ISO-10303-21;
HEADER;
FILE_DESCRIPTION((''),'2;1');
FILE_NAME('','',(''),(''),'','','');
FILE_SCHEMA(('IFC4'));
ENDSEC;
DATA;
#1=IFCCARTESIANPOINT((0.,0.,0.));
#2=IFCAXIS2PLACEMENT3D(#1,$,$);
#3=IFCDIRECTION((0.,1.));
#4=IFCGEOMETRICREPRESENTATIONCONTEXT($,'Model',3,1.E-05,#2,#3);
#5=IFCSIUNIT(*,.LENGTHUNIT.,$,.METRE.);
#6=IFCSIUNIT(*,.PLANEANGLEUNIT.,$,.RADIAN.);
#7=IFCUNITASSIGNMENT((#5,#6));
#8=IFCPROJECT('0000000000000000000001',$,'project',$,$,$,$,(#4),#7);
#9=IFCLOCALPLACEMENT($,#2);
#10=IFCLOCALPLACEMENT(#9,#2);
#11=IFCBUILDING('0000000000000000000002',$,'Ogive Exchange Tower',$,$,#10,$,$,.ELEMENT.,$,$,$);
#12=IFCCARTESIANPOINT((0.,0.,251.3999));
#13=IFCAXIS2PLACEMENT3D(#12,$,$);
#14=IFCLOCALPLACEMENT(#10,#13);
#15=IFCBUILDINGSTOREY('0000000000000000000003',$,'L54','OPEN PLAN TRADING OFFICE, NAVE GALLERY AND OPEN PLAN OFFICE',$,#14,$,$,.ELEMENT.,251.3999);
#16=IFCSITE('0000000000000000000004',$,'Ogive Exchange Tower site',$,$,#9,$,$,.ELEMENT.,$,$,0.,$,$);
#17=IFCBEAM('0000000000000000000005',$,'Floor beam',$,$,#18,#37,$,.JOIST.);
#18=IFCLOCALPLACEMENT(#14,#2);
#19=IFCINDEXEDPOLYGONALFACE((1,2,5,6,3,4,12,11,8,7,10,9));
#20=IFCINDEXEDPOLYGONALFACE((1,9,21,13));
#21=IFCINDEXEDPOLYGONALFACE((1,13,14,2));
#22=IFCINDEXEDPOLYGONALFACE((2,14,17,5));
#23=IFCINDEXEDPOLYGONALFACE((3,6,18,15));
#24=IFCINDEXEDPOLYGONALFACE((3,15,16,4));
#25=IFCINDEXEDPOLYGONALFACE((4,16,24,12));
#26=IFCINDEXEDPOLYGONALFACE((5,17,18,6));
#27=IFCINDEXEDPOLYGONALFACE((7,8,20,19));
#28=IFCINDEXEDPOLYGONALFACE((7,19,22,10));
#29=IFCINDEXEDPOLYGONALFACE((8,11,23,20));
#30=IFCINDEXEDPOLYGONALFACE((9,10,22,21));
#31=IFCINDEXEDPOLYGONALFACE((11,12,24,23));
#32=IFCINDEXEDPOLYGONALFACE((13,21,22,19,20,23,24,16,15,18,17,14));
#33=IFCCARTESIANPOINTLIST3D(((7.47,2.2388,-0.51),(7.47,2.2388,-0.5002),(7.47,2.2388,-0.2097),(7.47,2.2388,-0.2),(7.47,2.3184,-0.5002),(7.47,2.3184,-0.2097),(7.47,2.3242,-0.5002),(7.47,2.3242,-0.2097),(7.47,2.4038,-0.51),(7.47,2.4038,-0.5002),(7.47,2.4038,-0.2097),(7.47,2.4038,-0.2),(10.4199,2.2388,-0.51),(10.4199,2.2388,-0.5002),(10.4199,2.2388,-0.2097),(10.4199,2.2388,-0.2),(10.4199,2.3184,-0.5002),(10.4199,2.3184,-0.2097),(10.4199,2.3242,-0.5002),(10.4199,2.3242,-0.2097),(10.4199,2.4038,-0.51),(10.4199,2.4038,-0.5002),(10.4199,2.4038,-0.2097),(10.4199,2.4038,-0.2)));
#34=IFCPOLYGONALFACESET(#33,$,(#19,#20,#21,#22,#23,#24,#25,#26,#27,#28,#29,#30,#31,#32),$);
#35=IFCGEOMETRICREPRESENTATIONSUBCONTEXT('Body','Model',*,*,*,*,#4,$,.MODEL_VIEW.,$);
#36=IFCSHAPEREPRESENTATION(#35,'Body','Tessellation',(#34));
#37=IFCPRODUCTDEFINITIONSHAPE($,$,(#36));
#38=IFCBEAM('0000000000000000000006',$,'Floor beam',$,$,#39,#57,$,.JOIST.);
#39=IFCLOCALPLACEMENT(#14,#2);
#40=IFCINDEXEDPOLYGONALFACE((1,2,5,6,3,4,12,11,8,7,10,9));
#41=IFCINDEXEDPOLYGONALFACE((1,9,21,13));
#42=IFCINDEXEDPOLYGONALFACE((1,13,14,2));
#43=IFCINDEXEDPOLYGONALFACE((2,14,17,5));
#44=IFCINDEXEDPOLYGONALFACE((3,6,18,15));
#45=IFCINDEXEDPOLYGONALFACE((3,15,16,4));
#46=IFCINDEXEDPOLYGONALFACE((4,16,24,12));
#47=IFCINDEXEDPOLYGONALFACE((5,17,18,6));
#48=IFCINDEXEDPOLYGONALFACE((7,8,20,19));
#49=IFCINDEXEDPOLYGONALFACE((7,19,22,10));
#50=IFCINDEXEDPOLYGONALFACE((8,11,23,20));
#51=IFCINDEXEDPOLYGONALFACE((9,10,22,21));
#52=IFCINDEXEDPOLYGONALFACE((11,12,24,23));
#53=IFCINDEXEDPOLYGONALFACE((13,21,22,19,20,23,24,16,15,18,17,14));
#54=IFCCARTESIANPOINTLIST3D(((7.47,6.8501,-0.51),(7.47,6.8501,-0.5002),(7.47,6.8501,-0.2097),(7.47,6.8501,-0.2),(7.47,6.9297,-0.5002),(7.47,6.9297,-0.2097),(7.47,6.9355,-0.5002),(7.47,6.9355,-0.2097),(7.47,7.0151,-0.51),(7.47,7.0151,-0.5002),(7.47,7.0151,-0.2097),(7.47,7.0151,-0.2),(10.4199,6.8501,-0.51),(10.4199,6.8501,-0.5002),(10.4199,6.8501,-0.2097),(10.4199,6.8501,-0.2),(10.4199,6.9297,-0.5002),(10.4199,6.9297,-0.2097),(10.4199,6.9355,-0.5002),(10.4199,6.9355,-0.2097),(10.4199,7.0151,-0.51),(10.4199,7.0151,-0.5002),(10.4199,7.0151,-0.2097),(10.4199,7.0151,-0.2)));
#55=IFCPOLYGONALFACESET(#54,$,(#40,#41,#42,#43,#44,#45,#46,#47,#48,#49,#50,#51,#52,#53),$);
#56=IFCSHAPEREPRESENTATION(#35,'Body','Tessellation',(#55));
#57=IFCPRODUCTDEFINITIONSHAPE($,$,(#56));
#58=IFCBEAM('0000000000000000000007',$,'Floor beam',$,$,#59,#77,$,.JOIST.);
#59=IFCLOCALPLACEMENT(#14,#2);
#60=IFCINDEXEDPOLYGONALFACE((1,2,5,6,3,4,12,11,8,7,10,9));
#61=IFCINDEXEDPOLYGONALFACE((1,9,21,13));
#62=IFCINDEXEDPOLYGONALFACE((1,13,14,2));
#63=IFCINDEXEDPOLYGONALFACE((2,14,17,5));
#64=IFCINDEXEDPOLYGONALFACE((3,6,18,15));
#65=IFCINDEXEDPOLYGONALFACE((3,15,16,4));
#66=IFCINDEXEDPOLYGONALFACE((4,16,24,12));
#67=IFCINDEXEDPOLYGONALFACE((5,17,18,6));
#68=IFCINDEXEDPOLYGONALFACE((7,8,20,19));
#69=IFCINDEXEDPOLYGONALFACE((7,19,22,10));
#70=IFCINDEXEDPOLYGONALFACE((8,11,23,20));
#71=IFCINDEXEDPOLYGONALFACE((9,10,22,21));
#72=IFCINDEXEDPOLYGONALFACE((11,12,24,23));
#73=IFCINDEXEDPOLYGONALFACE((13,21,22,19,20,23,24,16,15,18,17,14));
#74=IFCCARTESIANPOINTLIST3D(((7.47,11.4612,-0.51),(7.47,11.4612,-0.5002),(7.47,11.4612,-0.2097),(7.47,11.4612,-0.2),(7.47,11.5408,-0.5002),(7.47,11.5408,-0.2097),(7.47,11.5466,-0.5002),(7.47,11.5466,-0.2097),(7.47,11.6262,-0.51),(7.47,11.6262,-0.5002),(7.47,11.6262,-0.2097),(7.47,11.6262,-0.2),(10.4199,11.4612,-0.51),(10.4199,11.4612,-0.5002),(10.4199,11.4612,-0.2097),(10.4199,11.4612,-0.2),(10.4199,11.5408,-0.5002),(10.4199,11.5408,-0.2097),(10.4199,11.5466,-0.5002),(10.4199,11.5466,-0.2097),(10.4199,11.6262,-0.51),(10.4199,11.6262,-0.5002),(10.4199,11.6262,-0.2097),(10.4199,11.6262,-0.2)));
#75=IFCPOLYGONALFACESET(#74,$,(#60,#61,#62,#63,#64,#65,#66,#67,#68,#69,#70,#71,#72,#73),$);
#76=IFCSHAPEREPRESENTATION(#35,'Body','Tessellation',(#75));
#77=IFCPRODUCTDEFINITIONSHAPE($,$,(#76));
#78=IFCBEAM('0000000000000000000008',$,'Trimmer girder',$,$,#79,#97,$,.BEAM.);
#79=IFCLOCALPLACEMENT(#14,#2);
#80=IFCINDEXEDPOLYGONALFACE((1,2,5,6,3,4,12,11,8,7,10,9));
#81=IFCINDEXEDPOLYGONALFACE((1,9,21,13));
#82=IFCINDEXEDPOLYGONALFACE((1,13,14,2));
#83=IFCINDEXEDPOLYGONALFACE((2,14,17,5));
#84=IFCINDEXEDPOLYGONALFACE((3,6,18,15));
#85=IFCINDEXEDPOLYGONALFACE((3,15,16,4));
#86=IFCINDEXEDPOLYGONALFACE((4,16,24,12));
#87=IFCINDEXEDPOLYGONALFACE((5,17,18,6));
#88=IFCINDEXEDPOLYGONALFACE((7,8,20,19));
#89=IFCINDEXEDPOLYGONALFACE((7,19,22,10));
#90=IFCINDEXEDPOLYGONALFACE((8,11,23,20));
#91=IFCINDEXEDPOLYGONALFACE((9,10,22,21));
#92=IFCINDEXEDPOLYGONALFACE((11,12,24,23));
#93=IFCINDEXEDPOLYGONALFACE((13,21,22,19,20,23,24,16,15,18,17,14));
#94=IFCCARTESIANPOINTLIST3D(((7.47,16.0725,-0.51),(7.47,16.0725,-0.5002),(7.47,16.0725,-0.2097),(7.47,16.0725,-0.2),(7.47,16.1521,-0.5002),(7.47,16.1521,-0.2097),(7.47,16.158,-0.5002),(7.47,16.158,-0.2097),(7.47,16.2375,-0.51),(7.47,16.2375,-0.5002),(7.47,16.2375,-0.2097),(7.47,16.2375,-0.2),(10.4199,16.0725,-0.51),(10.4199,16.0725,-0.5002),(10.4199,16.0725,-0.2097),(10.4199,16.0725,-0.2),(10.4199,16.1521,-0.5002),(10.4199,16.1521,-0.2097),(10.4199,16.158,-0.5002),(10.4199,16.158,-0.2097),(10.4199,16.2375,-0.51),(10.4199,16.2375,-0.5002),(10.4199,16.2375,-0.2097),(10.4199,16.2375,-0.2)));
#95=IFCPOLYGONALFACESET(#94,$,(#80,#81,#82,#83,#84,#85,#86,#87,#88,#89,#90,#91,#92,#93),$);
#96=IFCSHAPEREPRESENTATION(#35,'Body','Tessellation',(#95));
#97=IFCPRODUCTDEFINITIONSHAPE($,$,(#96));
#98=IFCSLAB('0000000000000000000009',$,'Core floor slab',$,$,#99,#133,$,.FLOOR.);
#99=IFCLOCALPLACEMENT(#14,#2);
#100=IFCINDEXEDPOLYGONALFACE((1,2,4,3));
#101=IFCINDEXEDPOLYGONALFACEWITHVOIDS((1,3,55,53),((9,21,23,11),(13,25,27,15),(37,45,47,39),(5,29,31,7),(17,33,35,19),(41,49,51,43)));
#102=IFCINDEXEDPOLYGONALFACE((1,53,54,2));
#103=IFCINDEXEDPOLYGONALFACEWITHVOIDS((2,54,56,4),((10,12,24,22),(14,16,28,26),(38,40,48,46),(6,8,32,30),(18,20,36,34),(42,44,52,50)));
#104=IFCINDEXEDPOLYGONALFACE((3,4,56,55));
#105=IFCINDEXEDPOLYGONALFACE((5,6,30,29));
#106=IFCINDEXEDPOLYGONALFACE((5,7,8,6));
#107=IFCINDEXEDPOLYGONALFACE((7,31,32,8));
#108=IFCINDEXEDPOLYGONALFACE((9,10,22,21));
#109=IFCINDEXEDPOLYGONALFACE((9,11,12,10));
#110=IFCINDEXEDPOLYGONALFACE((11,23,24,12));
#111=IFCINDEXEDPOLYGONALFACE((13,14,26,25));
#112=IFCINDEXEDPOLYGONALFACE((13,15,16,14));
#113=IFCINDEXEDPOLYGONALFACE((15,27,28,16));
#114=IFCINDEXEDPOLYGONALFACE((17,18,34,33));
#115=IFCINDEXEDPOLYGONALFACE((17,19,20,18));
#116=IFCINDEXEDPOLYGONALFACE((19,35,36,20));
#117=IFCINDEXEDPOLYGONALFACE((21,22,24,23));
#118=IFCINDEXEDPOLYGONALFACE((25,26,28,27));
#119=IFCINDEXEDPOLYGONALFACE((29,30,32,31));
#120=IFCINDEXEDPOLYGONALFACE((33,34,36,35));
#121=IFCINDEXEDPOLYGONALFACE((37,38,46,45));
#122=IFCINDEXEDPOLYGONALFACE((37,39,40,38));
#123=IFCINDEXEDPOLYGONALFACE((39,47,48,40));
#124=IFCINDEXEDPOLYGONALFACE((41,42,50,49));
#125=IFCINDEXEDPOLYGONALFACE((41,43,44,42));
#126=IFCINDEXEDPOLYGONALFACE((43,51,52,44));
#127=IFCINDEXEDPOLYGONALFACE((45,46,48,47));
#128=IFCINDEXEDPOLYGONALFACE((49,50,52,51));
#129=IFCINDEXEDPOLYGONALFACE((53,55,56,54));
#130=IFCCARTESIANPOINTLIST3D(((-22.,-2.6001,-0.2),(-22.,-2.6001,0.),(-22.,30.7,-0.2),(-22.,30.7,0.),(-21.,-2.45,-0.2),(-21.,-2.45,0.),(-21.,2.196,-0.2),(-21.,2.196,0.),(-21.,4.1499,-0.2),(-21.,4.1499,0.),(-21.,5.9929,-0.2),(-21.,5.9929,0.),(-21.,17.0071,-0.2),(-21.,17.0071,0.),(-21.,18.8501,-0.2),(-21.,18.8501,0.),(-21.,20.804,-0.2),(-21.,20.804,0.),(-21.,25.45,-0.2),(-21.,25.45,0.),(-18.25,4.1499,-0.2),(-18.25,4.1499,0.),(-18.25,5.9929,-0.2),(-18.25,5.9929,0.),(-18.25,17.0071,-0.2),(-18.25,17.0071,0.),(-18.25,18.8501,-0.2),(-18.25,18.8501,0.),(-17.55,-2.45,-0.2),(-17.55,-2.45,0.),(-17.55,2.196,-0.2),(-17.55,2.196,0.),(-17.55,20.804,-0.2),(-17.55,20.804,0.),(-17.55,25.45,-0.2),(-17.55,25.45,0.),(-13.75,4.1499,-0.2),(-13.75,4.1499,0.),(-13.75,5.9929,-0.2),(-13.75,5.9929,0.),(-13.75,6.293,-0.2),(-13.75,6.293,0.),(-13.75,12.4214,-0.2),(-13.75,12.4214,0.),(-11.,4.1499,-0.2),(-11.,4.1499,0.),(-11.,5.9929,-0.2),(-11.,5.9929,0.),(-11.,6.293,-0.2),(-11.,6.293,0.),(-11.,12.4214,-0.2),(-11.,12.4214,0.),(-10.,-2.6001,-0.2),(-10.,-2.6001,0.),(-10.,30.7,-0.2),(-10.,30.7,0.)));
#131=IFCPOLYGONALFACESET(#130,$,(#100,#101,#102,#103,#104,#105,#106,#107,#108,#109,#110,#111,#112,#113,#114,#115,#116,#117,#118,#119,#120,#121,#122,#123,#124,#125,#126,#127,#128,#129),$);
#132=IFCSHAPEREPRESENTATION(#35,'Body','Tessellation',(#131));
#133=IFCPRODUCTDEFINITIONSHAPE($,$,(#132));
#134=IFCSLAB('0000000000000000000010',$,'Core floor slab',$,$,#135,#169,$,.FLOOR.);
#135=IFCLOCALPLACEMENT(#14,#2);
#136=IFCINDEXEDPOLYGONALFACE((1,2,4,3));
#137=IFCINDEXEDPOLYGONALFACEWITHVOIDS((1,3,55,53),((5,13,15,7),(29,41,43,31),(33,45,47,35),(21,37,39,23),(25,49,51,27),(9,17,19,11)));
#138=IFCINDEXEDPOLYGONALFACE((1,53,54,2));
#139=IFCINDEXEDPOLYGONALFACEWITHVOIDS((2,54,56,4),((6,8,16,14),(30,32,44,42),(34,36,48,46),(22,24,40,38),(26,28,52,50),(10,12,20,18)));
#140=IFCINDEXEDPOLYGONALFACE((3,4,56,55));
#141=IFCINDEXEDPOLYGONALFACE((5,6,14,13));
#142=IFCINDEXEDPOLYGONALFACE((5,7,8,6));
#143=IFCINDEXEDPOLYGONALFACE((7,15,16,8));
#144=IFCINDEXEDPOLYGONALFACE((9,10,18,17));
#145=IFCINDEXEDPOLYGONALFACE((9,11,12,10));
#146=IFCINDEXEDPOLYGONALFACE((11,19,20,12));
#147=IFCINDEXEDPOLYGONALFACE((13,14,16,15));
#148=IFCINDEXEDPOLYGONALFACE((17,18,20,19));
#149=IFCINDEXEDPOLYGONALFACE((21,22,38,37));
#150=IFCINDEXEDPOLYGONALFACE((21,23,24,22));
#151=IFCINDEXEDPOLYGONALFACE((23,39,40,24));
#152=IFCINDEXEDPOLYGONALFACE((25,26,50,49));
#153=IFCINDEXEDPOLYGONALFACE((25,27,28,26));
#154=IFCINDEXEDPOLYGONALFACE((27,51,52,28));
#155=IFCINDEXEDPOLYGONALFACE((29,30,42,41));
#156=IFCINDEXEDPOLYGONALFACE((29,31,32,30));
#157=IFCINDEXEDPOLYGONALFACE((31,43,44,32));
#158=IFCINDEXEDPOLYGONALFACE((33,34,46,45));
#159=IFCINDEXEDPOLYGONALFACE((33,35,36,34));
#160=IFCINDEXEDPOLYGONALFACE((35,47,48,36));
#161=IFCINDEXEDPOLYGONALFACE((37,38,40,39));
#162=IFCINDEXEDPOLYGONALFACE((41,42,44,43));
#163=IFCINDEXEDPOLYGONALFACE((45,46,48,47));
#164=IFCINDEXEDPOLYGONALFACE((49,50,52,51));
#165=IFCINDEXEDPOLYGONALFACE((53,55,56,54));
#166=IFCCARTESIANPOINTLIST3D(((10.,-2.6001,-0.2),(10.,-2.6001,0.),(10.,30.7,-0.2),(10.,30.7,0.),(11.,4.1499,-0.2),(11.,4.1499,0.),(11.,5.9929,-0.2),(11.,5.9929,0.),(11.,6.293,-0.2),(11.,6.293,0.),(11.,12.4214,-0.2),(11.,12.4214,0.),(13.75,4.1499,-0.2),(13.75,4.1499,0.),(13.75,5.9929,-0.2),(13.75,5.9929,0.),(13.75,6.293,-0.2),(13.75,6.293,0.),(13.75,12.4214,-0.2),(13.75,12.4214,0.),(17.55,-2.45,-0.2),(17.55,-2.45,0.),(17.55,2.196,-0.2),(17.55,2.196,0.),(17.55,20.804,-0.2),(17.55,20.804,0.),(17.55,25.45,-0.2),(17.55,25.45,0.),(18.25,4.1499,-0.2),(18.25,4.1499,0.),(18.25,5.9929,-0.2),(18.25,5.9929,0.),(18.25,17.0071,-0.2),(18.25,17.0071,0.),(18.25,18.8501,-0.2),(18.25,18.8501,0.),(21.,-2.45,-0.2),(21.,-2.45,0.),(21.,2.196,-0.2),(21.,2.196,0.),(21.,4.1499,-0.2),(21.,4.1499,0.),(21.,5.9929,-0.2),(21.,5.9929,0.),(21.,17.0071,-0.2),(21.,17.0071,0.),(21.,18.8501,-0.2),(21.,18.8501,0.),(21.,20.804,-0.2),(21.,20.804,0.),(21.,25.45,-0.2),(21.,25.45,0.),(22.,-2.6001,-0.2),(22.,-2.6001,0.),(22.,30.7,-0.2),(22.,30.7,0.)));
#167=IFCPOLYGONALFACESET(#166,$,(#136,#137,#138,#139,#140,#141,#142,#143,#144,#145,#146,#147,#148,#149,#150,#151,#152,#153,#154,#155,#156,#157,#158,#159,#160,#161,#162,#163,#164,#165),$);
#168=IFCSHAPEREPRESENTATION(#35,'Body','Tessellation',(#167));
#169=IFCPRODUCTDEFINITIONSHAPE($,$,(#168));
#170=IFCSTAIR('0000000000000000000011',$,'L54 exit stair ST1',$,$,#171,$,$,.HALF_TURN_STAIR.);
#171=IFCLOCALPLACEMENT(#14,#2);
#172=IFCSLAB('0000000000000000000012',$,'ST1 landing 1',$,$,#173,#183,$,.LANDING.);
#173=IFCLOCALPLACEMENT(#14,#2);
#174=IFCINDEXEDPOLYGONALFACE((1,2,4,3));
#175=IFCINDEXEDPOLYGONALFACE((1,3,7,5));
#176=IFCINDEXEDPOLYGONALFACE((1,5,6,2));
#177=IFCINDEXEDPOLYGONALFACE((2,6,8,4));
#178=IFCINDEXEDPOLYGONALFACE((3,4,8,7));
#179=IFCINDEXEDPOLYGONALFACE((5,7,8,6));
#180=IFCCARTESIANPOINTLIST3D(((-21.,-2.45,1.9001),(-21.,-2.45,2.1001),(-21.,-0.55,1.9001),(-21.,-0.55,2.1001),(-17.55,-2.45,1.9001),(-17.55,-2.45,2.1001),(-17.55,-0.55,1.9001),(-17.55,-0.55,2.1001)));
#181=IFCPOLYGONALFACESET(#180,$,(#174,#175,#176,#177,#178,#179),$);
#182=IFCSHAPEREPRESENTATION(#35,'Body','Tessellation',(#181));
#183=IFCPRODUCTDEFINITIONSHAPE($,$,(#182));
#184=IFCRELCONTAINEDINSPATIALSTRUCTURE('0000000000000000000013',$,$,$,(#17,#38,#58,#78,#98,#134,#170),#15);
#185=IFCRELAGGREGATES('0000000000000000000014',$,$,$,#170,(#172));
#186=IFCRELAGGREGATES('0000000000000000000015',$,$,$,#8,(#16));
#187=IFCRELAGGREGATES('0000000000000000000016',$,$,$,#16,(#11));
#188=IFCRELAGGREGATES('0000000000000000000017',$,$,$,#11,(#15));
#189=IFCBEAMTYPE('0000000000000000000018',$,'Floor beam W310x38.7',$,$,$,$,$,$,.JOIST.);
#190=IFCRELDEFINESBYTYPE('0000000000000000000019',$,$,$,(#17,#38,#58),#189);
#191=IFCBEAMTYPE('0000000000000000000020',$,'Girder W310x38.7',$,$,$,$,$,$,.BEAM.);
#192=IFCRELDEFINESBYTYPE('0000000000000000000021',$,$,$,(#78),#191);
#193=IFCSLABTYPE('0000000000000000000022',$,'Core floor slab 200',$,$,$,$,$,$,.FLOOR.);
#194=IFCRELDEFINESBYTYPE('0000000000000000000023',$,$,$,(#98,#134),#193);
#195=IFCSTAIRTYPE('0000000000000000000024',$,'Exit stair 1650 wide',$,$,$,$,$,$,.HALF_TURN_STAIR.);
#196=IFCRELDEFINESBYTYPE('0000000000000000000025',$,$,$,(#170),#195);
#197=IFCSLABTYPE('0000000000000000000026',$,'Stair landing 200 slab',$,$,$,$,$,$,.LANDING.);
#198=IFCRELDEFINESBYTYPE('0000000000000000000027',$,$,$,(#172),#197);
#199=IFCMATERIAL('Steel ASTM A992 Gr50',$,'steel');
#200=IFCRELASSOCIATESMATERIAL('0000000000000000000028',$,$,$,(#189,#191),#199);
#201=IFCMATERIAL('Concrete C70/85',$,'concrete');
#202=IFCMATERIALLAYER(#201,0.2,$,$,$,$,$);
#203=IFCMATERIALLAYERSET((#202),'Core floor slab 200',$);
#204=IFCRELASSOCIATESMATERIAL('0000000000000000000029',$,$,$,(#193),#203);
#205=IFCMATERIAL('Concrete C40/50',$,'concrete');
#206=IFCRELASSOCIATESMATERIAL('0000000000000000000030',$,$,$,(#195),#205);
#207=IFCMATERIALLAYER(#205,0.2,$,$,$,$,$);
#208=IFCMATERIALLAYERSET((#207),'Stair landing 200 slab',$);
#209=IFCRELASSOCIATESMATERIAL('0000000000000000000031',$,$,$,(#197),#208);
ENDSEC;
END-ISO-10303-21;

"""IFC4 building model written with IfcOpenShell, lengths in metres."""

from ifc_helpers import new_model, si_unit, direction, frame, origin, origin_2d, place, context, subcontext, project, spatial, polyline, i_section, outline, extrude, material, layer, layer_set, material_profile, profile_set, type_object, element, aggregate, save


model = new_model("IFC4")

# Units and contexts
model_context = context("Model", 3, precision=1e-05, world=origin(), true_north=direction((0.0, 1.0)))
body_context = subcontext(model_context, "Body", "Model", "MODEL_VIEW")
ifc_project = project(units=[si_unit("LENGTHUNIT", "METRE"), si_unit("PLANEANGLEUNIT", "RADIAN")], contexts=[model_context])

# Site, building, storey
site_placement = place(None, origin())
site = spatial("IfcSite", under=ifc_project, at=site_placement, Name="Ogive Exchange Tower site", CompositionType="ELEMENT", RefElevation=0.0)
building_placement = place(site_placement, origin())
building = spatial("IfcBuilding", under=site, at=building_placement, Name="Ogive Exchange Tower", CompositionType="ELEMENT")
storey_placement = place(building_placement, frame((0.0, 0.0, 251.3999)))
storey = spatial("IfcBuildingStorey", under=building, at=storey_placement, Name="L54", Description="OPEN PLAN TRADING OFFICE, NAVE GALLERY AND OPEN PLAN OFFICE", CompositionType="ELEMENT", Elevation=251.3999)

# Beams
ifc_material_1 = material(Name="Steel ASTM A992 Gr50", Category="steel")
ifc_material_profile_1 = material_profile(ifc_material_1, i_section(OverallWidth=0.165, OverallDepth=0.3101, WebThickness=0.0059, FlangeThickness=0.0098, at=origin_2d()), Name="W310x38.7")
ifc_profile_set_1 = profile_set([ifc_material_profile_1], Name="Steel ASTM A992 Gr50")
beam_type_1 = type_object("IfcBeamType", Name="Floor beam W310x38.7", PredefinedType="JOIST", material=ifc_profile_set_1)
for number, where, z_axis, x_axis, name in (
    (1, (7.47, 2.3213, -0.355), (1.0, 0.0, 0.0), (0.0, 1.0, 0.0), "Floor beam"),
    (2, (7.47, 6.9326, -0.355), (1.0, 0.0, 0.0), (0.0, 1.0, 0.0), "Floor beam"),
    (3, (7.47, 11.5437, -0.355), (1.0, 0.0, 0.0), (0.0, 1.0, 0.0), "Floor beam"),
):
    element("IfcBeam", number, at=place(storey_placement, frame(where, z_axis=z_axis, x_axis=x_axis)), inside=storey, type_object=beam_type_1, Name=name, PredefinedType="JOIST", context=body_context, shape_type="SweptSolid", body=[
        extrude(i_section(OverallWidth=0.165, OverallDepth=0.3101, WebThickness=0.0059, FlangeThickness=0.0098, at=origin_2d()), origin(), (0.0, 0.0, 1.0), 2.95),
    ])
ifc_material_profile_2 = material_profile(ifc_material_1, i_section(OverallWidth=0.165, OverallDepth=0.3101, WebThickness=0.0059, FlangeThickness=0.0098, at=origin_2d()), Name="W310x38.7")
ifc_profile_set_2 = profile_set([ifc_material_profile_2], Name="Steel ASTM A992 Gr50")
beam_type_2 = type_object("IfcBeamType", Name="Girder W310x38.7", PredefinedType="BEAM", material=ifc_profile_set_2)
beam_placement = place(storey_placement, frame((7.47, 16.155, -0.355), z_axis=(1.0, 0.0, 0.0), x_axis=(0.0, 1.0, 0.0)))
element("IfcBeam", 4, at=beam_placement, inside=storey, type_object=beam_type_2, Name="Trimmer girder", PredefinedType="BEAM", context=body_context, shape_type="SweptSolid", body=[
    extrude(i_section(OverallWidth=0.165, OverallDepth=0.3101, WebThickness=0.0059, FlangeThickness=0.0098, at=origin_2d()), origin(), (0.0, 0.0, 1.0), 2.95),
])

# Slabs
ifc_material_2 = material(Name="Concrete C70/85", Category="concrete")
ifc_layer_1 = layer(ifc_material_2, 0.2)
ifc_layer_set_1 = layer_set([ifc_layer_1], Name="Core floor slab 200")
slab_type_1 = type_object("IfcSlabType", Name="Core floor slab 200", PredefinedType="FLOOR", material=ifc_layer_set_1)
slab_1_placement = place(storey_placement, frame((0.0, 0.0, -0.2)))
element("IfcSlab", 5, at=slab_1_placement, inside=storey, type_object=slab_type_1, Name="Core floor slab", PredefinedType="FLOOR", context=body_context, shape_type="SweptSolid", body=[
    extrude(outline(polyline([(-22.0, -2.6001), (-22.0, 30.7), (-10.0, 30.7), (-10.0, -2.6001), (-22.0, -2.6001)]), holes=[polyline([(-17.55, 2.196), (-21.0, 2.196), (-21.0, -2.45), (-17.55, -2.45), (-17.55, 2.196)]), polyline([(-18.25, 5.9929), (-21.0, 5.9929), (-21.0, 4.1499), (-18.25, 4.1499), (-18.25, 5.9929)]), polyline([(-11.0, 5.9929), (-13.75, 5.9929), (-13.75, 4.1499), (-11.0, 4.1499), (-11.0, 5.9929)]), polyline([(-13.75, 12.4214), (-13.75, 6.293), (-11.0, 6.293), (-11.0, 12.4214), (-13.75, 12.4214)]), polyline([(-18.25, 18.8501), (-21.0, 18.8501), (-21.0, 17.0071), (-18.25, 17.0071), (-18.25, 18.8501)]), polyline([(-21.0, 25.45), (-21.0, 20.804), (-17.55, 20.804), (-17.55, 25.45), (-21.0, 25.45)])]), origin(), (0.0, 0.0, 1.0), 0.2),
])
slab_2_placement = place(storey_placement, frame((0.0, 0.0, -0.2)))
element("IfcSlab", 6, at=slab_2_placement, inside=storey, type_object=slab_type_1, Name="Core floor slab", PredefinedType="FLOOR", context=body_context, shape_type="SweptSolid", body=[
    extrude(outline(polyline([(10.0, -2.6001), (10.0, 30.7), (22.0, 30.7), (22.0, -2.6001), (10.0, -2.6001)]), holes=[polyline([(21.0, 2.196), (17.55, 2.196), (17.55, -2.45), (21.0, -2.45), (21.0, 2.196)]), polyline([(13.75, 5.9929), (11.0, 5.9929), (11.0, 4.1499), (13.75, 4.1499), (13.75, 5.9929)]), polyline([(21.0, 5.9929), (18.25, 5.9929), (18.25, 4.1499), (21.0, 4.1499), (21.0, 5.9929)]), polyline([(11.0, 12.4214), (11.0, 6.293), (13.75, 6.293), (13.75, 12.4214), (11.0, 12.4214)]), polyline([(21.0, 18.8501), (18.25, 18.8501), (18.25, 17.0071), (21.0, 17.0071), (21.0, 18.8501)]), polyline([(17.55, 25.45), (17.55, 20.804), (21.0, 20.804), (21.0, 25.45), (17.55, 25.45)])]), origin(), (0.0, 0.0, 1.0), 0.2),
])

# Stair, slab
ifc_material_3 = material(Name="Concrete C40/50", Category="concrete")
stair_type = type_object("IfcStairType", Name="Exit stair 1650 wide", PredefinedType="HALF_TURN_STAIR", material=ifc_material_3)
stair_1_placement = place(storey_placement, origin())
stair_1 = element("IfcStair", 7, at=stair_1_placement, inside=storey, type_object=stair_type, Name="L54 exit stair ST1", PredefinedType="HALF_TURN_STAIR")
ifc_layer_2 = layer(ifc_material_3, 0.2)
ifc_layer_set_2 = layer_set([ifc_layer_2], Name="Stair landing 200 slab")
slab_type_2 = type_object("IfcSlabType", Name="Stair landing 200 slab", PredefinedType="LANDING", material=ifc_layer_set_2)
slab_3_placement = place(storey_placement, frame((0.0, 0.0, 1.9001)))
slab_3 = element("IfcSlab", 8, at=slab_3_placement, type_object=slab_type_2, Name="ST1 landing 1", PredefinedType="LANDING", context=body_context, shape_type="SweptSolid", body=[
    extrude(outline(polyline([(-21.0, -0.55), (-21.0, -2.45), (-17.55, -2.45), (-17.55, -0.55), (-21.0, -0.55)])), origin(), (0.0, 0.0, 1.0), 0.2),
])
aggregate(stair_1, [slab_3])

save(model, "model.ifc")
